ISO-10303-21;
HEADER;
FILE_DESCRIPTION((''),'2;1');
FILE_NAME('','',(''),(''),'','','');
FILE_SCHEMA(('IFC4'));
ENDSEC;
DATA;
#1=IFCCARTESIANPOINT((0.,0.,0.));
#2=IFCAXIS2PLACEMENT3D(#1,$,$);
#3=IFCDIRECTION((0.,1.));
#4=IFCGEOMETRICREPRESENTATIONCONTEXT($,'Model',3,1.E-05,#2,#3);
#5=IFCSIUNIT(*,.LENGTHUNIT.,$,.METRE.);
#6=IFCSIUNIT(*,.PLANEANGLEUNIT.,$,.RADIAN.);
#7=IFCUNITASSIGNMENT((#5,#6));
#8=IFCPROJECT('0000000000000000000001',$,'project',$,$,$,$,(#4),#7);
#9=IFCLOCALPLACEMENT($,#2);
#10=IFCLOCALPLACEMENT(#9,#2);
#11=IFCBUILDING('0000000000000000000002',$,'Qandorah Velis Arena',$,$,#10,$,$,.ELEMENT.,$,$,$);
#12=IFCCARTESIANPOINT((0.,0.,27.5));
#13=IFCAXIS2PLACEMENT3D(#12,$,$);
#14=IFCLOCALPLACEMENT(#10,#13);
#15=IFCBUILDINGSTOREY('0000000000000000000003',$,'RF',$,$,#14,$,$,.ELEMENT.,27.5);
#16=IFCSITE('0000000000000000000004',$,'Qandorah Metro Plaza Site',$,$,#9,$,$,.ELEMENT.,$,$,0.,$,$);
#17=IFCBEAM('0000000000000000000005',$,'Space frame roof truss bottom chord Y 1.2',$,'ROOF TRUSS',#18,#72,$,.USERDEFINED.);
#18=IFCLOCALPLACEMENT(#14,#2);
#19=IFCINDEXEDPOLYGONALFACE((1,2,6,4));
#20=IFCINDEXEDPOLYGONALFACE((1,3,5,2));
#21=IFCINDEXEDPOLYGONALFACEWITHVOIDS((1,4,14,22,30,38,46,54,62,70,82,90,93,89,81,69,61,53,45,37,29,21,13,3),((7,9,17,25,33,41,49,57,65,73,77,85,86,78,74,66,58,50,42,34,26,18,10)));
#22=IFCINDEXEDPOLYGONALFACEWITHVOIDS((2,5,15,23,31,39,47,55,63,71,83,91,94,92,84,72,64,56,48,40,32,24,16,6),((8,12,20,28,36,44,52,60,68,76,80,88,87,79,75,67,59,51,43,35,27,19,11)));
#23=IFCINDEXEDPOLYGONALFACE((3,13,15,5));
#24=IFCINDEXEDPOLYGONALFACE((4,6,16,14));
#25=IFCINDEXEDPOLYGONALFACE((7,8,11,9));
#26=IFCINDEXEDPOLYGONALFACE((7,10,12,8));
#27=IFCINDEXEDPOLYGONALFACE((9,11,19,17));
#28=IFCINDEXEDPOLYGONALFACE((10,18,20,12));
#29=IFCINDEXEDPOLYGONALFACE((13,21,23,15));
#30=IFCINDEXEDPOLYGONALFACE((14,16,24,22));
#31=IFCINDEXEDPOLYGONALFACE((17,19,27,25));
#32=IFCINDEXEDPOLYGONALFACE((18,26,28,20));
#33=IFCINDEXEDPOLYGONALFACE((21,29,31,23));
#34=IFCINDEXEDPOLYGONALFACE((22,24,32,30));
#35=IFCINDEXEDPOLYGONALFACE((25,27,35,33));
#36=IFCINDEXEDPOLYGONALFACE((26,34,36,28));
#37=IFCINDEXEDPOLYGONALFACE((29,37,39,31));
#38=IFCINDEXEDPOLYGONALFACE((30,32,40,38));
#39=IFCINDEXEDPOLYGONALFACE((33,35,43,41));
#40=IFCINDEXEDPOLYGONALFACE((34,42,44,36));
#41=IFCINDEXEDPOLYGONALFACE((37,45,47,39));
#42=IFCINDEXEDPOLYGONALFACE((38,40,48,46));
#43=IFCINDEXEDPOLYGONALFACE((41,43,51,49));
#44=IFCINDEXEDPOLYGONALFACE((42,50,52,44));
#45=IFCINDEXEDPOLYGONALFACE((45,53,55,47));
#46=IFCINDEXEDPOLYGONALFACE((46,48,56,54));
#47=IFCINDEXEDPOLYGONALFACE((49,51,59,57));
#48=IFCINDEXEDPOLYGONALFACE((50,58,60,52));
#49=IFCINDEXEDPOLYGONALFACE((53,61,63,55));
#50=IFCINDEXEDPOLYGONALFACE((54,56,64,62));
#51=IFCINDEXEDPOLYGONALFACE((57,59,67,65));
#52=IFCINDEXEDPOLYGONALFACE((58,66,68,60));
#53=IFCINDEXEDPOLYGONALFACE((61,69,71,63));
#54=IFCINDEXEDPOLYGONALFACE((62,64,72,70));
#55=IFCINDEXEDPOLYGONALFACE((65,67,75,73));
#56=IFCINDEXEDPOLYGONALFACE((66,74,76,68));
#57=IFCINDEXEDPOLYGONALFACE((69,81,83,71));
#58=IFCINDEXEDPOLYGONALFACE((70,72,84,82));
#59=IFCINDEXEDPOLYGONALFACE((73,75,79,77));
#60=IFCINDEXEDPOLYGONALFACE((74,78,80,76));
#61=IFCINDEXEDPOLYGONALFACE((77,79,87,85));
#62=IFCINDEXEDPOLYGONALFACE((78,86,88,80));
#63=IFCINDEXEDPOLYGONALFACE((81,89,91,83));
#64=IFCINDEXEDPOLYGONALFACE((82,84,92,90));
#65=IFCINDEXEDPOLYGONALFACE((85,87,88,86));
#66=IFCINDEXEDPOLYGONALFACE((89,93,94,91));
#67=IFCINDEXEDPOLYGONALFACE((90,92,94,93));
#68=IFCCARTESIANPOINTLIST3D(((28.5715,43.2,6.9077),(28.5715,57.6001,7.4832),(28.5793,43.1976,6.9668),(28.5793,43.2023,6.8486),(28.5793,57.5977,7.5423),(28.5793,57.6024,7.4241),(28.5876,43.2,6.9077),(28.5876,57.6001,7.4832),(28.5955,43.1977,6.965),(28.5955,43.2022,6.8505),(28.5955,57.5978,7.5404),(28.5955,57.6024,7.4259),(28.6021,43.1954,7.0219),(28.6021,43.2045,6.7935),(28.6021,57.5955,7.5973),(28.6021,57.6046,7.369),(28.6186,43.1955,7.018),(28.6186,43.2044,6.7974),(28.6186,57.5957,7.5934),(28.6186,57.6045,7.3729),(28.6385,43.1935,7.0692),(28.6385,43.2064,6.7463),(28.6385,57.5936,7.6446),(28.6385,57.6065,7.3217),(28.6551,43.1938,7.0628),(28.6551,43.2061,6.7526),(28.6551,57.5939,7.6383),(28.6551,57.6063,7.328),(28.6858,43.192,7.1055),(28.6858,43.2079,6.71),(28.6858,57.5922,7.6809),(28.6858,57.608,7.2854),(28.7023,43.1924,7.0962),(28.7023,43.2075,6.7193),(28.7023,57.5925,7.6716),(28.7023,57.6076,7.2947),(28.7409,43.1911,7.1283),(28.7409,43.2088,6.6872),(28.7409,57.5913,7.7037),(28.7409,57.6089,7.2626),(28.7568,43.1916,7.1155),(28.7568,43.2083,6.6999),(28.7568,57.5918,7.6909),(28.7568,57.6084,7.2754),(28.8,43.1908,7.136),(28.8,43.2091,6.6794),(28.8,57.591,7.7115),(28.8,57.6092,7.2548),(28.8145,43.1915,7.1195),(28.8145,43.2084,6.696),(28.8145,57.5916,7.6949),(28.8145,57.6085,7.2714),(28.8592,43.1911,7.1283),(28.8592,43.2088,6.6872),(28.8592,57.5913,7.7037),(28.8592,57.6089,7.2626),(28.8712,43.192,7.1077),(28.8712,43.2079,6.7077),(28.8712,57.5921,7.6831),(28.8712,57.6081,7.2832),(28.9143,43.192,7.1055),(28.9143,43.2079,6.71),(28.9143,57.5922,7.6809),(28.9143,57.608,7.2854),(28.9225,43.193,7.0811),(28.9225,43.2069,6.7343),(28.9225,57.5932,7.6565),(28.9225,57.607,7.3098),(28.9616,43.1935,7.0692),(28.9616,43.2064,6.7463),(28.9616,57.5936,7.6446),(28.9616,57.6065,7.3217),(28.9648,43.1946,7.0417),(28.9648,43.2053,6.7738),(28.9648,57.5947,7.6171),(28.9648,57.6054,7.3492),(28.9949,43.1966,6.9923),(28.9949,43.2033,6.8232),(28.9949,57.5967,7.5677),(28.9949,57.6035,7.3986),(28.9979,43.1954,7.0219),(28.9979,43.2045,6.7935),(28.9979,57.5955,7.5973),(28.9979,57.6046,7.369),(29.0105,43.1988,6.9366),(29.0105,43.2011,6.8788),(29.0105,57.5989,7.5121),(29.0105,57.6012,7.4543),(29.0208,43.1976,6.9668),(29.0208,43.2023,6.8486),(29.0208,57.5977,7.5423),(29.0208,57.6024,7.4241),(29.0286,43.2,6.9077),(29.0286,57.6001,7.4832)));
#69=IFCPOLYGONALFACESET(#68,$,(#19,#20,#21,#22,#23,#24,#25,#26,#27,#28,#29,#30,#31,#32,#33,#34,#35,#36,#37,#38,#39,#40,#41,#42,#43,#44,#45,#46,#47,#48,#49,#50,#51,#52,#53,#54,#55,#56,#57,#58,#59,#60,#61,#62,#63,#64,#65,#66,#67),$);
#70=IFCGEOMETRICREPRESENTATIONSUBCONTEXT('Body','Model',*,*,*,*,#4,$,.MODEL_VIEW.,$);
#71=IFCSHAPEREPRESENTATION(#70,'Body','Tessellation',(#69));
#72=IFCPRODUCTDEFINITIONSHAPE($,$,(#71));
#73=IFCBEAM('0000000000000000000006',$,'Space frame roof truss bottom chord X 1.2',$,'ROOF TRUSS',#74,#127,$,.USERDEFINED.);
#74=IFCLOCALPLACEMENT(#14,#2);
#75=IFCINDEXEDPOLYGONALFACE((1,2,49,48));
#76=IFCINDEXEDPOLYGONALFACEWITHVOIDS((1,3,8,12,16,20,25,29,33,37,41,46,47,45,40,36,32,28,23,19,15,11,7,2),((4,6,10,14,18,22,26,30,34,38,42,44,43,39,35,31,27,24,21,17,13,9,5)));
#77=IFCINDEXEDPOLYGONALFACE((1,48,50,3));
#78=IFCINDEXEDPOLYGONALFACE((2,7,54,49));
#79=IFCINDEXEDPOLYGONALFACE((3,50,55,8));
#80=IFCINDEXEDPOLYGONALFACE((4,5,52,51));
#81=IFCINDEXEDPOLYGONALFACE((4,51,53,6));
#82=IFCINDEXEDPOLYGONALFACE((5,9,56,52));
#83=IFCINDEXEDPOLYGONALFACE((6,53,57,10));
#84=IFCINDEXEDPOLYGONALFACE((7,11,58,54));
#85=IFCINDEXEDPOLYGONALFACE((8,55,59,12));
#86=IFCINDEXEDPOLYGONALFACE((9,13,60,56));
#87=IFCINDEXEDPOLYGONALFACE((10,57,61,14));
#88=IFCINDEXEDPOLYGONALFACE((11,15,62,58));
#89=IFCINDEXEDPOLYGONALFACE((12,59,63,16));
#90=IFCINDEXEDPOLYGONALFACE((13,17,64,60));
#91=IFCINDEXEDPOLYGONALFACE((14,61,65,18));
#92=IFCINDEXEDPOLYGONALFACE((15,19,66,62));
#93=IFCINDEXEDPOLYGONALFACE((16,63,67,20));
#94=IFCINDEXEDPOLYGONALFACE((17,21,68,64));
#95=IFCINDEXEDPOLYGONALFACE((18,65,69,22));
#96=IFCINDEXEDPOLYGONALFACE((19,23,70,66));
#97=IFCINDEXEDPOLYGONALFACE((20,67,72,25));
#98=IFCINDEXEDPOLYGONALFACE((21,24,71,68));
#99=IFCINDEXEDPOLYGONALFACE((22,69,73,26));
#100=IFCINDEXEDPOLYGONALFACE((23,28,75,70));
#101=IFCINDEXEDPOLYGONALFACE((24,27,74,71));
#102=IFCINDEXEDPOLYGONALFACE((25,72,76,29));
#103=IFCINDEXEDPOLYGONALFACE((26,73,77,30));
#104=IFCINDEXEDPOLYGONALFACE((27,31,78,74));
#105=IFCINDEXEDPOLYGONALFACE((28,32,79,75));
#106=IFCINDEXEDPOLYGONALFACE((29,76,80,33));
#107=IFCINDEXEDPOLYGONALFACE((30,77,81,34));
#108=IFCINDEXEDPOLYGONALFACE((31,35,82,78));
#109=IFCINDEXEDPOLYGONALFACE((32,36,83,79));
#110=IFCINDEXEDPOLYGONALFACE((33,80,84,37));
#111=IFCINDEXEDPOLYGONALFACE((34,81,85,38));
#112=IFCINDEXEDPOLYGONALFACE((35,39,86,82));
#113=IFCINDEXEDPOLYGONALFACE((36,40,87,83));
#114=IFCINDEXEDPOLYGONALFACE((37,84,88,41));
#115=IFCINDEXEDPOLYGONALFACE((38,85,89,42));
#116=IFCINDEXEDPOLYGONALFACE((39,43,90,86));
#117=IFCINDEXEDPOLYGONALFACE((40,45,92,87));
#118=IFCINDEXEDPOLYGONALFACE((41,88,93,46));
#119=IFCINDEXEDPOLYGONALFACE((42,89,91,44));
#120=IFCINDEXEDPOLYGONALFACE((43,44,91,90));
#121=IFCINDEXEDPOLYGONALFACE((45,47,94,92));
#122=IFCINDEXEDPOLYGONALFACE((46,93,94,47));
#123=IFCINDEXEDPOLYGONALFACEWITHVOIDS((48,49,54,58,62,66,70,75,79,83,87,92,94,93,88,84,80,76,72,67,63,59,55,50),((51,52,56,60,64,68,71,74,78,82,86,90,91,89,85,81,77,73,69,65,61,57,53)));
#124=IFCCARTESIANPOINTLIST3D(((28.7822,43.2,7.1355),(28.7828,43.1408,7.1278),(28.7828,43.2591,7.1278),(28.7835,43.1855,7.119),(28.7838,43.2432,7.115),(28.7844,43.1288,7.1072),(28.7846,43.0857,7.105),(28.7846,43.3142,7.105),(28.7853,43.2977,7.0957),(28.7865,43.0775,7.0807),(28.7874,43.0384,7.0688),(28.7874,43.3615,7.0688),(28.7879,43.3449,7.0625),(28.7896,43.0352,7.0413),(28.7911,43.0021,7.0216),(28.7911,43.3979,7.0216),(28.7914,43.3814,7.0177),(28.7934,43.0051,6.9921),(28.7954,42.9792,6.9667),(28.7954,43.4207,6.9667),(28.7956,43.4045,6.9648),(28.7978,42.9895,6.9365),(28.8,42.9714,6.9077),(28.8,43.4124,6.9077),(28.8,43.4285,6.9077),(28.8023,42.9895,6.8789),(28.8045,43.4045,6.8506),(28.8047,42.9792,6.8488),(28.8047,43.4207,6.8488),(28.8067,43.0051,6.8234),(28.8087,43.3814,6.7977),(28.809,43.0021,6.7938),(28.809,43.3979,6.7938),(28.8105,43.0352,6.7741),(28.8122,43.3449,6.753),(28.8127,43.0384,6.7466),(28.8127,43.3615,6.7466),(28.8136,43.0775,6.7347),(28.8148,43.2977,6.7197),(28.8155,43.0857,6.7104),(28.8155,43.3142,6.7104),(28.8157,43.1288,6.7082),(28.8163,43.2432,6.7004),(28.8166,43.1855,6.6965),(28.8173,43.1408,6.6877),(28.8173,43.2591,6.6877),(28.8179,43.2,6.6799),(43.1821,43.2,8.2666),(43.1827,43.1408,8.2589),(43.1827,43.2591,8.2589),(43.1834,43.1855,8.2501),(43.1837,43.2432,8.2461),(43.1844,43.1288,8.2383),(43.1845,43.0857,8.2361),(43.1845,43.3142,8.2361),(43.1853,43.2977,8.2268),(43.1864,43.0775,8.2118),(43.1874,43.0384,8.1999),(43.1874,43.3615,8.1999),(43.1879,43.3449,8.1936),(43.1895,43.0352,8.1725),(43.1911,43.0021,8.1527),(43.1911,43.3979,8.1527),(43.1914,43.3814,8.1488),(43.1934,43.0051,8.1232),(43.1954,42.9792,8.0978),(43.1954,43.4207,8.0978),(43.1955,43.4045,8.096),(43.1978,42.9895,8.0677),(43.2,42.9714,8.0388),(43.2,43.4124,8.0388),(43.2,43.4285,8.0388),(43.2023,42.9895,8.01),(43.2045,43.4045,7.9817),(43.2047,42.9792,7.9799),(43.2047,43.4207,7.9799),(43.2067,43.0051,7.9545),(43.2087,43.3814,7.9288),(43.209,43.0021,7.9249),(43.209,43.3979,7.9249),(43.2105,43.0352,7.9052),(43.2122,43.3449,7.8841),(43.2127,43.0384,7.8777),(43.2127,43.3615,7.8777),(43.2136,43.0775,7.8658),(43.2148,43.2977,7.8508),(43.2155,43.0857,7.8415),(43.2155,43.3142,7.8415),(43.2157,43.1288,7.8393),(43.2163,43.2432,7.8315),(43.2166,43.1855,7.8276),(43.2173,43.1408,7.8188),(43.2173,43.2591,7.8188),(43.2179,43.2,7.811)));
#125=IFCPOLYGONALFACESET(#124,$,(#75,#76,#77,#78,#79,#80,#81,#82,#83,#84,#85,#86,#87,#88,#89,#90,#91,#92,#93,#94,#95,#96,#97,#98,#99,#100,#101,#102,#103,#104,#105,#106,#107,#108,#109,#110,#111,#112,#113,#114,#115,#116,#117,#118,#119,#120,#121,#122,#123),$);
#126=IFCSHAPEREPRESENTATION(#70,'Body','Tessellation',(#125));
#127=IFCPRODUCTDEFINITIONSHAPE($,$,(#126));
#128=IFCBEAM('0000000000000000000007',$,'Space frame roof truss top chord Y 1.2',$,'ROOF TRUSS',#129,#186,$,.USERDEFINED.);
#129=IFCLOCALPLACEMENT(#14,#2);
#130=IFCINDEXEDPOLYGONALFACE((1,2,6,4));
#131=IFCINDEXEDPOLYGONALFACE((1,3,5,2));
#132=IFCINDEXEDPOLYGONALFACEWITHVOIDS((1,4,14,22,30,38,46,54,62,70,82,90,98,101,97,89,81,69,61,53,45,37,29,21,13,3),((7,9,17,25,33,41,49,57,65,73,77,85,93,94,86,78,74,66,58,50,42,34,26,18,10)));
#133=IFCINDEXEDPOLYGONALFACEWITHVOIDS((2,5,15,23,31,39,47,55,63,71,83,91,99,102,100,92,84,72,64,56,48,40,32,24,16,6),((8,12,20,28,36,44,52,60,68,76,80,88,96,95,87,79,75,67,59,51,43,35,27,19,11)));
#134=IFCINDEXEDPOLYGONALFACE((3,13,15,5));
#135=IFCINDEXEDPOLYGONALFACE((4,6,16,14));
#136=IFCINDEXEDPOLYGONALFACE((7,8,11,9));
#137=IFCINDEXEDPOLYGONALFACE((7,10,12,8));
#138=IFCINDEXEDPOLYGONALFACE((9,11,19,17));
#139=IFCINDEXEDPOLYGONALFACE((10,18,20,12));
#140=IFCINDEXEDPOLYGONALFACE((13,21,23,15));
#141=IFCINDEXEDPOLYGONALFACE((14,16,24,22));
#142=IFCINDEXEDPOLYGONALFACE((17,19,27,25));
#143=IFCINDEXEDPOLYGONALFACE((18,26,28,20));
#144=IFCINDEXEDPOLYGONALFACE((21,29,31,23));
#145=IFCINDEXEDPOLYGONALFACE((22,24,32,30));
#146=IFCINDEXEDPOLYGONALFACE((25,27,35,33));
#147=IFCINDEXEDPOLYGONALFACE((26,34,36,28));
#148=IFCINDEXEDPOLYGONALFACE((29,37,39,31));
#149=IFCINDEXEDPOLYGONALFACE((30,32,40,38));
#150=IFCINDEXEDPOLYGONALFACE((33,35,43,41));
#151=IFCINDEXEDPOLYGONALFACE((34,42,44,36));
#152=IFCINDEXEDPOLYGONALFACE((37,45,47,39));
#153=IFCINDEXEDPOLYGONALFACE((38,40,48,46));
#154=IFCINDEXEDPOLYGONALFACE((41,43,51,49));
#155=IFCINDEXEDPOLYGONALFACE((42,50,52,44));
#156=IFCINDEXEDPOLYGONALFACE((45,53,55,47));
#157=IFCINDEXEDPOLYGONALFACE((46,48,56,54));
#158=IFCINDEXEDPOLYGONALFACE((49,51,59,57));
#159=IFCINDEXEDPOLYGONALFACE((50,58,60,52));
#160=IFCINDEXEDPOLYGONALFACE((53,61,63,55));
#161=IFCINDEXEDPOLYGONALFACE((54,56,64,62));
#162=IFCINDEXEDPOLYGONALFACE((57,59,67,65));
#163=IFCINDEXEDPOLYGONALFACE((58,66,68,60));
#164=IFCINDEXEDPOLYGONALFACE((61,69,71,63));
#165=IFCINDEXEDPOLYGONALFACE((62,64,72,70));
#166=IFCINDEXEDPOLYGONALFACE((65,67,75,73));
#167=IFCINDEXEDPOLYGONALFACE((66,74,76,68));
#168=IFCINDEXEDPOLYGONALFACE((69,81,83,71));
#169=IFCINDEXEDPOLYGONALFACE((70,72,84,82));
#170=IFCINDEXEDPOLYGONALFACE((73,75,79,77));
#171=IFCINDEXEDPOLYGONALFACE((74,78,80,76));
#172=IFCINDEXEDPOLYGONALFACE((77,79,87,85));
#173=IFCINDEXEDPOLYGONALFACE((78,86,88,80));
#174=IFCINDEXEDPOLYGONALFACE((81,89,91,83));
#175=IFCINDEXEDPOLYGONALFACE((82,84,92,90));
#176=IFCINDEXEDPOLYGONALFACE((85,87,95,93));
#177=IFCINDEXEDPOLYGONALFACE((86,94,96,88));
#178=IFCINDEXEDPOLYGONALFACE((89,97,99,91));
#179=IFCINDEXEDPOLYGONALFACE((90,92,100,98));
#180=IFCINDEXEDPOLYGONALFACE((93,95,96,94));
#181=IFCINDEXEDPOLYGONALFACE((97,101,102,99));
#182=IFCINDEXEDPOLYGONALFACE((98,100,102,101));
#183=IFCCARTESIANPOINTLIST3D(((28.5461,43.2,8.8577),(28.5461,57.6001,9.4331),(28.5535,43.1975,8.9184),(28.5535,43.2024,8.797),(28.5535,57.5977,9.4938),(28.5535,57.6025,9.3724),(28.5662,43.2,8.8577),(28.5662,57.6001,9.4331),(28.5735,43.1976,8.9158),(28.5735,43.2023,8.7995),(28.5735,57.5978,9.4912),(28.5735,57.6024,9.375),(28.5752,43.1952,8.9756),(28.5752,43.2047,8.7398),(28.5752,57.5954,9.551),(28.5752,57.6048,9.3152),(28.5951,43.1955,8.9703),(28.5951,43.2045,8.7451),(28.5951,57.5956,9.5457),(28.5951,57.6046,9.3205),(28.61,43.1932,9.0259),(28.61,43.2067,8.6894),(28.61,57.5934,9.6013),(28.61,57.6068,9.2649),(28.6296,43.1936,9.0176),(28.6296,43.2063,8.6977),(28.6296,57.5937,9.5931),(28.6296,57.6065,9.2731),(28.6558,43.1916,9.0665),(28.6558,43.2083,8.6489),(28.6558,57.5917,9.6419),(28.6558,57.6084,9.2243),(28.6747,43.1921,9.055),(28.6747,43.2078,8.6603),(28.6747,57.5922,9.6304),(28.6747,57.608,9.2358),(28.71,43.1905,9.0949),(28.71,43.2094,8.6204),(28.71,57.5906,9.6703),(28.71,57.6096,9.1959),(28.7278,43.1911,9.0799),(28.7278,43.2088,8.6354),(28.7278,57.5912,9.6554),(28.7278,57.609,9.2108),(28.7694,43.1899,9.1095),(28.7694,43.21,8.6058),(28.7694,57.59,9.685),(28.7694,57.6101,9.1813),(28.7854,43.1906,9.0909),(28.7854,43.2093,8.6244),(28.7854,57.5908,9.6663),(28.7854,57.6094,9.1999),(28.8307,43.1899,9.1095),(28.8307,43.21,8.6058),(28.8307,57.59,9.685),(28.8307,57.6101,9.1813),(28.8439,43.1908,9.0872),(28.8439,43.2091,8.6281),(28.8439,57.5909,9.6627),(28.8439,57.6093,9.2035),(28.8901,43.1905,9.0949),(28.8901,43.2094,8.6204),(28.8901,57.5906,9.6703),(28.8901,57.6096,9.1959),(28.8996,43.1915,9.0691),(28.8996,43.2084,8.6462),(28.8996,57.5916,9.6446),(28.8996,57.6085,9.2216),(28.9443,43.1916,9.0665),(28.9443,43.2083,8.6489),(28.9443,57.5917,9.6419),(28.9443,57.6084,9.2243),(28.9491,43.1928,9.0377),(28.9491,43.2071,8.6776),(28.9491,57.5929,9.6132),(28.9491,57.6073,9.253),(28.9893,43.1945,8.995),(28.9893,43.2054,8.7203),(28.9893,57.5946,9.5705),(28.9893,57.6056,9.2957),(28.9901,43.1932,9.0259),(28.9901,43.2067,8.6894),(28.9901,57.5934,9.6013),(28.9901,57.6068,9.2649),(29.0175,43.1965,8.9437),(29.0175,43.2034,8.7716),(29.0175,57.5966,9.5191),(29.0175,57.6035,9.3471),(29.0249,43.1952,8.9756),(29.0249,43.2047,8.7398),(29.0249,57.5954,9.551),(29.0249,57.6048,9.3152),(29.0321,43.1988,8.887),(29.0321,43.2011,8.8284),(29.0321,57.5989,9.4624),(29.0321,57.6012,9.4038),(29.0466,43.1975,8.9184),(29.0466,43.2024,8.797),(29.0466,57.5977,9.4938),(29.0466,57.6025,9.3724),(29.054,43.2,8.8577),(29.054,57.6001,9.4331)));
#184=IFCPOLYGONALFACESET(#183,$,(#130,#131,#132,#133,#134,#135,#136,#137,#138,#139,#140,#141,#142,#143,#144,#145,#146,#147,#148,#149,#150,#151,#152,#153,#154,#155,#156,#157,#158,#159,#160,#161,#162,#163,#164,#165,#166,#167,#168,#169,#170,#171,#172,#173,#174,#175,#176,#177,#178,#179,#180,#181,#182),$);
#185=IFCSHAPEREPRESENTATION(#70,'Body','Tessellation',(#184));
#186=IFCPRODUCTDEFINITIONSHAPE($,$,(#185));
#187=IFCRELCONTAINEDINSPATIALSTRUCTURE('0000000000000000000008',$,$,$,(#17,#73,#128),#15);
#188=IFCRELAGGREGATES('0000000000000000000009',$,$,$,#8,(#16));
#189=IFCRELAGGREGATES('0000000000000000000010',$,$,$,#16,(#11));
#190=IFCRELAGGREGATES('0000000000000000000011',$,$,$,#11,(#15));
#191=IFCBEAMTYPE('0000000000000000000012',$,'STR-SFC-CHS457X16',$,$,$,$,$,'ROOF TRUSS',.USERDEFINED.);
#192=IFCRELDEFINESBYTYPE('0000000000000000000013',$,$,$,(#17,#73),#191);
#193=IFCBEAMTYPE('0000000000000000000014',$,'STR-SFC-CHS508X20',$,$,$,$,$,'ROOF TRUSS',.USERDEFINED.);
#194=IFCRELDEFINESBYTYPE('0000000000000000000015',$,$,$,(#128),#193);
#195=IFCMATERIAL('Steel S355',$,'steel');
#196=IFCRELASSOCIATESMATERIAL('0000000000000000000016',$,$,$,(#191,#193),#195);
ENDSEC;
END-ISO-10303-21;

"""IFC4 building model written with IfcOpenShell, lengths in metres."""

from ifc_helpers import new_model, si_unit, direction, frame, origin, origin_2d, place, context, subcontext, project, spatial, hollow_circle, extrude, material, material_profile, profile_set, type_object, element, save


model = new_model("IFC4")

# Units and contexts
model_context = context("Model", 3, precision=1e-05, world=origin(), true_north=direction((0.0, 1.0)))
body_context = subcontext(model_context, "Body", "Model", "MODEL_VIEW")
ifc_project = project(units=[si_unit("LENGTHUNIT", "METRE"), si_unit("PLANEANGLEUNIT", "RADIAN")], contexts=[model_context])

# Site, building, storey
site_placement = place(None, origin())
site = spatial("IfcSite", under=ifc_project, at=site_placement, Name="Qandorah Metro Plaza Site", CompositionType="ELEMENT", RefElevation=0.0)
building_placement = place(site_placement, origin())
building = spatial("IfcBuilding", under=site, at=building_placement, Name="Qandorah Velis Arena", CompositionType="ELEMENT")
storey_placement = place(building_placement, frame((0.0, 0.0, 27.5)))
storey = spatial("IfcBuildingStorey", under=building, at=storey_placement, Name="RF", CompositionType="ELEMENT", Elevation=27.5)

# Beams
ifc_material_1 = material(Name="Steel S355", Category="steel")
ifc_material_profile_1 = material_profile(ifc_material_1, hollow_circle(Radius=0.2285, WallThickness=0.0161, at=origin_2d()), Name="CHS 457x16")
ifc_profile_set_1 = profile_set([ifc_material_profile_1], Name="Steel S355")
beam_type_1 = type_object("IfcBeamType", Name="STR-SFC-CHS457X16", ElementType="ROOF TRUSS", PredefinedType="USERDEFINED", material=ifc_profile_set_1)
beam_1_placement = place(storey_placement, frame((28.8, 43.2, 6.9077), z_axis=(0.0, 0.999203, 0.039929), x_axis=(-1.0, 0.0, 0.0)))
element("IfcBeam", 1, at=beam_1_placement, inside=storey, type_object=beam_type_1, Name="Space frame roof truss bottom chord Y 1.2", ObjectType="ROOF TRUSS", PredefinedType="USERDEFINED", context=body_context, shape_type="SweptSolid", body=[
    extrude(hollow_circle(Radius=0.2285, WallThickness=0.0161, at=origin_2d()), origin(), (0.0, 0.0, 1.0), 14.4116),
])
beam_2_placement = place(storey_placement, frame((28.8, 43.2, 6.9077), z_axis=(0.996929, 0.0, 0.078308), x_axis=(0.0, 1.0, 0.0)))
element("IfcBeam", 2, at=beam_2_placement, inside=storey, type_object=beam_type_1, Name="Space frame roof truss bottom chord X 1.2", ObjectType="ROOF TRUSS", PredefinedType="USERDEFINED", context=body_context, shape_type="SweptSolid", body=[
    extrude(hollow_circle(Radius=0.2285, WallThickness=0.0161, at=origin_2d()), origin(), (0.0, 0.0, 1.0), 14.4443),
])
ifc_material_profile_2 = material_profile(ifc_material_1, hollow_circle(Radius=0.2539, WallThickness=0.02, at=origin_2d()), Name="CHS 508x20")
ifc_profile_set_2 = profile_set([ifc_material_profile_2], Name="Steel S355")
beam_type_2 = type_object("IfcBeamType", Name="STR-SFC-CHS508X20", ElementType="ROOF TRUSS", PredefinedType="USERDEFINED", material=ifc_profile_set_2)
beam_3_placement = place(storey_placement, frame((28.8, 43.2, 8.8577), z_axis=(0.0, 0.999203, 0.039929), x_axis=(-1.0, 0.0, 0.0)))
element("IfcBeam", 3, at=beam_3_placement, inside=storey, type_object=beam_type_2, Name="Space frame roof truss top chord Y 1.2", ObjectType="ROOF TRUSS", PredefinedType="USERDEFINED", context=body_context, shape_type="SweptSolid", body=[
    extrude(hollow_circle(Radius=0.2539, WallThickness=0.02, at=origin_2d()), origin(), (0.0, 0.0, 1.0), 14.4116),
])

save(model, "model.ifc")
